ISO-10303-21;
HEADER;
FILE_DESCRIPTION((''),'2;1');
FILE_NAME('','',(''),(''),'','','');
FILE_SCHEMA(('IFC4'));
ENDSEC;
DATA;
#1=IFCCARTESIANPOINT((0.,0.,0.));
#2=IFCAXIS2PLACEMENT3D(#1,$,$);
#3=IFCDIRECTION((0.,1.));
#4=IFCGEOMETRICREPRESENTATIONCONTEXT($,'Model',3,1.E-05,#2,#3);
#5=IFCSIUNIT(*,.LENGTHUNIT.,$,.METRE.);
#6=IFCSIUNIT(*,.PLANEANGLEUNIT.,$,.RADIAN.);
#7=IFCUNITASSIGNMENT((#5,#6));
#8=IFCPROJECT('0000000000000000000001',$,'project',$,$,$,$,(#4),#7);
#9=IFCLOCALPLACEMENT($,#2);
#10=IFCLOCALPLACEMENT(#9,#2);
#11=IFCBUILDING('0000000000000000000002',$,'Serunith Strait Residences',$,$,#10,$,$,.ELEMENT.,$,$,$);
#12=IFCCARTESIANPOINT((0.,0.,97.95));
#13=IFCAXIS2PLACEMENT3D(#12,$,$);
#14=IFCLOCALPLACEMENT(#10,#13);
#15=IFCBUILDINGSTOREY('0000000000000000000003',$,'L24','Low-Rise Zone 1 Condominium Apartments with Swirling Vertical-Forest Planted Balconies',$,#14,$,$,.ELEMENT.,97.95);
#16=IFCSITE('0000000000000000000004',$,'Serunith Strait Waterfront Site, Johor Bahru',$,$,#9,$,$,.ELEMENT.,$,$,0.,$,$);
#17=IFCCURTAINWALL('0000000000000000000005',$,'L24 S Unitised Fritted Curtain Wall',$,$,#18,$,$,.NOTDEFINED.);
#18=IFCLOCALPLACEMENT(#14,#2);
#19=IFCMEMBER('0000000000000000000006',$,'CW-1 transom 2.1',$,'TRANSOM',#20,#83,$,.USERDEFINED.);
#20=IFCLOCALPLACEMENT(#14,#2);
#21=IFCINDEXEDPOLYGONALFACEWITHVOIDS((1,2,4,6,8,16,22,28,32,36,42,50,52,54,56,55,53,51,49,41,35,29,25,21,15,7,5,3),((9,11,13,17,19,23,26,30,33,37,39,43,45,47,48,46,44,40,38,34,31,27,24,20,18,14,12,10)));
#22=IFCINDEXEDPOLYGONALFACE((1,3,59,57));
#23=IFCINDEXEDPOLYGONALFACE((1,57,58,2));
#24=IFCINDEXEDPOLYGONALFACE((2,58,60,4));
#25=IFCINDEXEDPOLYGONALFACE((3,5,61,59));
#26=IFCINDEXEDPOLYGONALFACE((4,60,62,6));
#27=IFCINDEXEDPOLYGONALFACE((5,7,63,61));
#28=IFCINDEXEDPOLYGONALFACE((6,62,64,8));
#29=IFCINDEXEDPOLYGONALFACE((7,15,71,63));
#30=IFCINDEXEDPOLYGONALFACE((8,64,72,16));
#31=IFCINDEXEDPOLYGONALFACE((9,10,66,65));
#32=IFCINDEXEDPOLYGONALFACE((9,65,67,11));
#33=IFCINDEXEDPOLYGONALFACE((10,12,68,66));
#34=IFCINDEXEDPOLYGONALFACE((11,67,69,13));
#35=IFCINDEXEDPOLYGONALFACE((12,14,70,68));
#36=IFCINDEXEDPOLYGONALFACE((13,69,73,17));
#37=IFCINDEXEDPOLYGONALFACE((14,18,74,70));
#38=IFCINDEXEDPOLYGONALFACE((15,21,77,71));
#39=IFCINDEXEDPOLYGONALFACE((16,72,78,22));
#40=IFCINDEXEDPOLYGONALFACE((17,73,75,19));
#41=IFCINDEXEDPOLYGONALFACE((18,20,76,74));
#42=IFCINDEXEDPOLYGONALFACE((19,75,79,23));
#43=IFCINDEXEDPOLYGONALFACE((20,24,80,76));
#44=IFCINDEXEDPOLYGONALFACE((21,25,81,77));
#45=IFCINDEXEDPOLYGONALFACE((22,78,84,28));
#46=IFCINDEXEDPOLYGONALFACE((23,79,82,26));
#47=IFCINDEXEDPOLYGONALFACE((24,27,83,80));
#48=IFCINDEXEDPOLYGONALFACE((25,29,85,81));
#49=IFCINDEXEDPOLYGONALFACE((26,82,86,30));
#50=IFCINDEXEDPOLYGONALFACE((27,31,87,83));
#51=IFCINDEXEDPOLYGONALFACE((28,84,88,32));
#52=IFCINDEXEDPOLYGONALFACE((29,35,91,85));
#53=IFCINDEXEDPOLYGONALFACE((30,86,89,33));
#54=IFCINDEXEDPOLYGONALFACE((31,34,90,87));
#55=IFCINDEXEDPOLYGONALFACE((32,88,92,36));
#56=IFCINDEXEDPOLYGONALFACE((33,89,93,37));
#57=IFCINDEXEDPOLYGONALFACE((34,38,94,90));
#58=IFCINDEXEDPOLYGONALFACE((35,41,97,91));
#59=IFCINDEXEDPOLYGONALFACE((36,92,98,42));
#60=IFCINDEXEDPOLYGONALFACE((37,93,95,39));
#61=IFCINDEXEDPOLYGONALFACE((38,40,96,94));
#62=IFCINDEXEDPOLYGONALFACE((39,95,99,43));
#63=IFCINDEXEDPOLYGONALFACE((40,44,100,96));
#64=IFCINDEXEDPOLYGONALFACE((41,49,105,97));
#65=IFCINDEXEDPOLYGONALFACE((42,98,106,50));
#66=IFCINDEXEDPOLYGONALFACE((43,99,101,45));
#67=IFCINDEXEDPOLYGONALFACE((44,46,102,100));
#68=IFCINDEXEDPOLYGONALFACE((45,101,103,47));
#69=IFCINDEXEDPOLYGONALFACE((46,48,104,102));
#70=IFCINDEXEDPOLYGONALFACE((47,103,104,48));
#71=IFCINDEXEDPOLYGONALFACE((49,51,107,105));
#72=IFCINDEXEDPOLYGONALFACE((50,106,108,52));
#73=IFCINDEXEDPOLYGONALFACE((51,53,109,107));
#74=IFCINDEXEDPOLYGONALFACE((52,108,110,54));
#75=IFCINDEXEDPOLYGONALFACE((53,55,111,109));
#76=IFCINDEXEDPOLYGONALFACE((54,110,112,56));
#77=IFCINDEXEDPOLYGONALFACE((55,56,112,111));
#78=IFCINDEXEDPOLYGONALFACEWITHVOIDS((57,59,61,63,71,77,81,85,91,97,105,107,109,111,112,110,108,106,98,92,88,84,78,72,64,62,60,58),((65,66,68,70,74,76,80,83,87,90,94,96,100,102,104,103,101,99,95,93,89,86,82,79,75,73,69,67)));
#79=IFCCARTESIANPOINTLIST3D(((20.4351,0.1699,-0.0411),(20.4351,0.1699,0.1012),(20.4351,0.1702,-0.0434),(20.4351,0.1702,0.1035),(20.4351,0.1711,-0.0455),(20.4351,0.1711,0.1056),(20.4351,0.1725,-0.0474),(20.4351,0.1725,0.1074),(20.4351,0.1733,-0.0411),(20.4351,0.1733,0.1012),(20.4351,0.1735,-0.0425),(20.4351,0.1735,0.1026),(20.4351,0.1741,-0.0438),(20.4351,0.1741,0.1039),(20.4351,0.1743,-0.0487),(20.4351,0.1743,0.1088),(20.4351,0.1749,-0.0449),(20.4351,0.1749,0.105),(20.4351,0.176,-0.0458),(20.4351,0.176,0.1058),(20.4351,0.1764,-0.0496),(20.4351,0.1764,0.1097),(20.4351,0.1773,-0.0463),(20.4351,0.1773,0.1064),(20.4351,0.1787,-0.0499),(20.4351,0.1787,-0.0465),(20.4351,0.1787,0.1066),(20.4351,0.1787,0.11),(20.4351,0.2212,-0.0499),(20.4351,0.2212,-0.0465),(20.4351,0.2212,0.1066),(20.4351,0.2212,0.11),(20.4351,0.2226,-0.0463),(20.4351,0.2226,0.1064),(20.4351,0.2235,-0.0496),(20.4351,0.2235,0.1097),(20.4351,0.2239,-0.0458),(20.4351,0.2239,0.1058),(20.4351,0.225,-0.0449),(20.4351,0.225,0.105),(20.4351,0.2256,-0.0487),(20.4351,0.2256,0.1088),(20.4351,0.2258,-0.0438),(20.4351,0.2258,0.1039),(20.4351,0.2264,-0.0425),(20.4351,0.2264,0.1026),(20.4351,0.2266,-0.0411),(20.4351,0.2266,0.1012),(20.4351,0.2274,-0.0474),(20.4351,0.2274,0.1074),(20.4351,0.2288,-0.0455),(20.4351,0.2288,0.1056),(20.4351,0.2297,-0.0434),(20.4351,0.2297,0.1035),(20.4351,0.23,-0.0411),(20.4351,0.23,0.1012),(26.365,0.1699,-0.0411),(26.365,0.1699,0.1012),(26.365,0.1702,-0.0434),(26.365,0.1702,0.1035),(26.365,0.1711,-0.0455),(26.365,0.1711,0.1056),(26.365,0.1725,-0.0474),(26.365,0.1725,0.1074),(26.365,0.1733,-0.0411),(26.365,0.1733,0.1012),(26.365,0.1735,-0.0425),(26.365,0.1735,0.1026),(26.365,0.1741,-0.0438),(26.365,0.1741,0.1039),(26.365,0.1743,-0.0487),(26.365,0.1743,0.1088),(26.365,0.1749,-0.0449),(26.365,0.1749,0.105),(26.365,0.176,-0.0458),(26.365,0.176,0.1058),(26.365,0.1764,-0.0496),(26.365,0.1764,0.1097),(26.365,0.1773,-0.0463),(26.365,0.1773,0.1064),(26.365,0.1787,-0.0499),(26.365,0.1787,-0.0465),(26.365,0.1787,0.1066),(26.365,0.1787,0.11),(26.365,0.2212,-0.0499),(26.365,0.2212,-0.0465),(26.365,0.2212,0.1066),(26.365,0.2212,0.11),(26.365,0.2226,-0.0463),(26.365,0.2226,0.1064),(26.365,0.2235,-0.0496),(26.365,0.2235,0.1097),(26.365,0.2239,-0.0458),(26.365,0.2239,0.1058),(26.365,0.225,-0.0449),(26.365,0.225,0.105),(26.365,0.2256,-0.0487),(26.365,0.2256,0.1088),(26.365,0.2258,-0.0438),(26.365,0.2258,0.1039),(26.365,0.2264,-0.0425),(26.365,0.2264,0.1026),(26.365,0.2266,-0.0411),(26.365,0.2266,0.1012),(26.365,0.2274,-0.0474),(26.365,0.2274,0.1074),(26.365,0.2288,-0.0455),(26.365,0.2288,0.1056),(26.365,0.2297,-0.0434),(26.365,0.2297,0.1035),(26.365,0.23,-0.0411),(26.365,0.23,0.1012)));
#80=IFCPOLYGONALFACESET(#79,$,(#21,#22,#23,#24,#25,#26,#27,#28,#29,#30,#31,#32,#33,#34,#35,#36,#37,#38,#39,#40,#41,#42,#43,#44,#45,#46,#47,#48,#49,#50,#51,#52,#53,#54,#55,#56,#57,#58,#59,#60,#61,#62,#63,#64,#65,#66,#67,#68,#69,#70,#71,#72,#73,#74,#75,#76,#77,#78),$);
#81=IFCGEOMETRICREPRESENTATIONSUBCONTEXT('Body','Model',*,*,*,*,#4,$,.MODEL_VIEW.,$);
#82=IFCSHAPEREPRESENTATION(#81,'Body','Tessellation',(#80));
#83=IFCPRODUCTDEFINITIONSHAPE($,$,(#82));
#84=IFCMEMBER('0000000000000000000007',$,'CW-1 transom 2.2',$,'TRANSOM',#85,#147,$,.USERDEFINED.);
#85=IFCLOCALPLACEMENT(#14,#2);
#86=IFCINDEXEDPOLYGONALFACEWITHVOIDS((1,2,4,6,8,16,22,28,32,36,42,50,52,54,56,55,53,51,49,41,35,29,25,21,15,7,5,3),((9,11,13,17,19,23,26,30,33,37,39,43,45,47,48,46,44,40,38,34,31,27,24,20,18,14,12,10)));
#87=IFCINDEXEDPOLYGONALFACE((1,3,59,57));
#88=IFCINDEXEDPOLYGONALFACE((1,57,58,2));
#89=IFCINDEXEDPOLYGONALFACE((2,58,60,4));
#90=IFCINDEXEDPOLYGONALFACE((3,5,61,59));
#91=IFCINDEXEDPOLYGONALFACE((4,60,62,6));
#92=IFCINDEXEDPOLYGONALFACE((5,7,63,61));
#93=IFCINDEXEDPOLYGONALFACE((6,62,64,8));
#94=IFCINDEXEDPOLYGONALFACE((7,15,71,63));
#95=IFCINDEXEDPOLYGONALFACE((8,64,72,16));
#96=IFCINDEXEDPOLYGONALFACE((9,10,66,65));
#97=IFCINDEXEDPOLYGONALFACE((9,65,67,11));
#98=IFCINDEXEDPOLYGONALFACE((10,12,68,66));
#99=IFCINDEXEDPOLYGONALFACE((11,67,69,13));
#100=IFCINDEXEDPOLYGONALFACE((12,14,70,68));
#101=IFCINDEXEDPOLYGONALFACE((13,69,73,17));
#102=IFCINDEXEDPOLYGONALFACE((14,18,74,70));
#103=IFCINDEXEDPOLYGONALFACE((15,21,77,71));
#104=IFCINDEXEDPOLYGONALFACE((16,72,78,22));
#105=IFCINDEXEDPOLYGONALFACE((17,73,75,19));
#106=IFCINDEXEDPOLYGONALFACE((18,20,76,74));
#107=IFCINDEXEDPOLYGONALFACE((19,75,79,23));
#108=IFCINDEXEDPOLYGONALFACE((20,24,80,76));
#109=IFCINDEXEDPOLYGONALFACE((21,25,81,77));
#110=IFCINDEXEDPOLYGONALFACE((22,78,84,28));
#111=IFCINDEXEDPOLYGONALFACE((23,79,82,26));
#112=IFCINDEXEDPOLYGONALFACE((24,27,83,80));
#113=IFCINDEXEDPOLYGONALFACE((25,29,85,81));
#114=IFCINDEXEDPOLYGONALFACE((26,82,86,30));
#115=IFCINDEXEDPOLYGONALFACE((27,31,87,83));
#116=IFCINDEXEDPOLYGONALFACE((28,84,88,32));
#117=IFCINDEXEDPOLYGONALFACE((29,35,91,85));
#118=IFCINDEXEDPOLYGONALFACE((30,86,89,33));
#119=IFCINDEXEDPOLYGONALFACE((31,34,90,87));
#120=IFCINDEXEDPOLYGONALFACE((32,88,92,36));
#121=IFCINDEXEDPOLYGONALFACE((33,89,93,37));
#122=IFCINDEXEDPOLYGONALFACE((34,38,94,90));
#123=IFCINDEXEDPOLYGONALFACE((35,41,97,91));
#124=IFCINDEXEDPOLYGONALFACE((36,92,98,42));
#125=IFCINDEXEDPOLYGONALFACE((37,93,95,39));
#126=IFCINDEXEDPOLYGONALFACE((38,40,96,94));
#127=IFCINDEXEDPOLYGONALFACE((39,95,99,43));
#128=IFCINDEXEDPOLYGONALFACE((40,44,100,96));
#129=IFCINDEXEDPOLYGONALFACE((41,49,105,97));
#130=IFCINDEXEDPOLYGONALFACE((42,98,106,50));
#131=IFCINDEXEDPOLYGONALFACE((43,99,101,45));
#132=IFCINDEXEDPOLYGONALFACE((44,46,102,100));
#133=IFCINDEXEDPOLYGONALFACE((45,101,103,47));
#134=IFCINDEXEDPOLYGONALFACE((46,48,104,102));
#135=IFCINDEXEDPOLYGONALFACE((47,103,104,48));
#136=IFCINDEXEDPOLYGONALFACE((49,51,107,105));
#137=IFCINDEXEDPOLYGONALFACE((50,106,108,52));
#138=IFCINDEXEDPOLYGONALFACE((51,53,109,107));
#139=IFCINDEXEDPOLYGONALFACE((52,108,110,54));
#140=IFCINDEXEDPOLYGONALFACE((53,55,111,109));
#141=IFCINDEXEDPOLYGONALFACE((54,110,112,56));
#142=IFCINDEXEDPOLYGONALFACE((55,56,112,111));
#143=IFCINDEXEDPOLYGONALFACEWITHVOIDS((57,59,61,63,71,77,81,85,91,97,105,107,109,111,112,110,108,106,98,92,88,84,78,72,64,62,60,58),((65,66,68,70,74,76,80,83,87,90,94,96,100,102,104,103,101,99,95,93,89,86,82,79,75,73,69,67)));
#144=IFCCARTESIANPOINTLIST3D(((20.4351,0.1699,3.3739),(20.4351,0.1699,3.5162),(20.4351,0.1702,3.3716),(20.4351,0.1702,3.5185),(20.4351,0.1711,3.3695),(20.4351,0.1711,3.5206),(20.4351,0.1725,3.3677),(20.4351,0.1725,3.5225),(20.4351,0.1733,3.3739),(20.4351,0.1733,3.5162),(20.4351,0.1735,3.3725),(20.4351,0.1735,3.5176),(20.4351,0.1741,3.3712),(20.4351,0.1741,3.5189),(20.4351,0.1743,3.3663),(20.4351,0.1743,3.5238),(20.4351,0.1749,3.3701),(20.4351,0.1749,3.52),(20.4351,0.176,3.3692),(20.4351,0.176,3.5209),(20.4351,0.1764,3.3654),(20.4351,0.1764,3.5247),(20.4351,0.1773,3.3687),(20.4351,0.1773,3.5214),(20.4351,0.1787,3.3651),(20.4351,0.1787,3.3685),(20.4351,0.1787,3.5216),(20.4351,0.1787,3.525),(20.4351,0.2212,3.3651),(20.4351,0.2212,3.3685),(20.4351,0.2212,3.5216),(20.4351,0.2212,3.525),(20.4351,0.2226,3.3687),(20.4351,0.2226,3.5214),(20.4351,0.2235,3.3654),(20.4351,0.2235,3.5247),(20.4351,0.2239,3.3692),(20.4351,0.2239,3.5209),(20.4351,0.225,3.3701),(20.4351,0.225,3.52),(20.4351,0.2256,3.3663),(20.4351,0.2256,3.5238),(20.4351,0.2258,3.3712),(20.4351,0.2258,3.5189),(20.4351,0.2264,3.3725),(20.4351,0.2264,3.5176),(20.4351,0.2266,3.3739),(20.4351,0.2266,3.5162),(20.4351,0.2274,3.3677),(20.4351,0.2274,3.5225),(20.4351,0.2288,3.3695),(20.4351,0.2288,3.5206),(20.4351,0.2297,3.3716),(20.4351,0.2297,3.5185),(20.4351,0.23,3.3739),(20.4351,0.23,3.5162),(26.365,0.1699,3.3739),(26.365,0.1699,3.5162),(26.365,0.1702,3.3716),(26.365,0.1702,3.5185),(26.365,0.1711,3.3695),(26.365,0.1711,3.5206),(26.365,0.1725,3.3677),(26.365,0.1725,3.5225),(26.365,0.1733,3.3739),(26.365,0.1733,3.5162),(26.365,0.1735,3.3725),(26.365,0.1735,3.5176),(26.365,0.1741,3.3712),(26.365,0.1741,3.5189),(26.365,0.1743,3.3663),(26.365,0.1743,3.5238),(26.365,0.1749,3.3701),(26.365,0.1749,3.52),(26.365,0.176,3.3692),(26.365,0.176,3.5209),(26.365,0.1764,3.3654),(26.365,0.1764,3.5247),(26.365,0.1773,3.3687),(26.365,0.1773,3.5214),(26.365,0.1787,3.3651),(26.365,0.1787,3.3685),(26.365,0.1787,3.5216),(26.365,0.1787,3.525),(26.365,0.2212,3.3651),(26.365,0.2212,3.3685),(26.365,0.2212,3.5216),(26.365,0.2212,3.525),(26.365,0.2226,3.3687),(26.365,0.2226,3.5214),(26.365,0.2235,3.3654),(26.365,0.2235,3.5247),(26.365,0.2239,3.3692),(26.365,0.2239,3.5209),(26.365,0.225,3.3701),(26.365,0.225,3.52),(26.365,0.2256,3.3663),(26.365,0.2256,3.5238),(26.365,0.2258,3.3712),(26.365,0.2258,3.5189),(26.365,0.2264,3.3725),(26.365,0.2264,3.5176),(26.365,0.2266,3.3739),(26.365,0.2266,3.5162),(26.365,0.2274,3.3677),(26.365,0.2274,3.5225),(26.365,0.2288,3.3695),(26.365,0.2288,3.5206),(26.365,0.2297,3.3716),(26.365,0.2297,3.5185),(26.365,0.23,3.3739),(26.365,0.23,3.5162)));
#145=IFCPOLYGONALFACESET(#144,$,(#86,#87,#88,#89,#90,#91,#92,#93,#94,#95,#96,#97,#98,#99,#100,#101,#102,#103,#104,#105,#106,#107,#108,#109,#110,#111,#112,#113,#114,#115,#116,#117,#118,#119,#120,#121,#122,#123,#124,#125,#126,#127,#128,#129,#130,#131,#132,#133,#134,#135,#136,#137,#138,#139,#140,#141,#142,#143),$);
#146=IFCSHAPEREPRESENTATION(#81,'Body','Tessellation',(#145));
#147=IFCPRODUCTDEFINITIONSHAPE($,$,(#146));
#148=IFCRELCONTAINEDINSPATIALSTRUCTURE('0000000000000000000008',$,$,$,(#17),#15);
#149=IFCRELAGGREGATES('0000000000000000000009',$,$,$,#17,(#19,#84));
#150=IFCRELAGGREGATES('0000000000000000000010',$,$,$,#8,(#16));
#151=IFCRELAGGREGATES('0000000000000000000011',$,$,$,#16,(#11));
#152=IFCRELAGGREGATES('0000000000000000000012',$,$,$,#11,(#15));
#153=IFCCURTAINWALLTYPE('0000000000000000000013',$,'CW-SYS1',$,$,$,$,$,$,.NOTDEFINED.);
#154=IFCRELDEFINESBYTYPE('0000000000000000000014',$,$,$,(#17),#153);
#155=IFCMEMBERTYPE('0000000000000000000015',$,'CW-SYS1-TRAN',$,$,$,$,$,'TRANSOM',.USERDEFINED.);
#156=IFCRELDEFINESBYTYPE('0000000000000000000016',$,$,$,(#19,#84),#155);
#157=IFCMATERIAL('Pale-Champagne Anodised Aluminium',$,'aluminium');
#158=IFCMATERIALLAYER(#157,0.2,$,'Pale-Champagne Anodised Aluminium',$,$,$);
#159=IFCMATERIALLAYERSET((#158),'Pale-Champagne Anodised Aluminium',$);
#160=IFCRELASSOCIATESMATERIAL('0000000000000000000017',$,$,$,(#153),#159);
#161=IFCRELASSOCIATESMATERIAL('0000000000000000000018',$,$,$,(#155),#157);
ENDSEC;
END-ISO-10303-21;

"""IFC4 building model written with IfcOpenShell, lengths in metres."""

from ifc_helpers import new_model, si_unit, direction, frame, origin, origin_2d, place, context, subcontext, project, spatial, hollow_rectangle, extrude, source, transform, mapped, material, layer, layer_set, material_profile, profile_set, type_object, element, aggregate, save


model = new_model("IFC4")

# Units and contexts
model_context = context("Model", 3, precision=1e-05, world=origin(), true_north=direction((0.0, 1.0)))
body_context = subcontext(model_context, "Body", "Model", "MODEL_VIEW")
ifc_project = project(units=[si_unit("LENGTHUNIT", "METRE"), si_unit("PLANEANGLEUNIT", "RADIAN")], contexts=[model_context])

# Site, building, storey
site_placement = place(None, origin())
site = spatial("IfcSite", under=ifc_project, at=site_placement, Name="Serunith Strait Waterfront Site, Johor Bahru", CompositionType="ELEMENT", RefElevation=0.0)
building_placement = place(site_placement, origin())
building = spatial("IfcBuilding", under=site, at=building_placement, Name="Serunith Strait Residences", CompositionType="ELEMENT")
storey_placement = place(building_placement, frame((0.0, 0.0, 97.95)))
storey = spatial("IfcBuildingStorey", under=building, at=storey_placement, Name="L24", Description="Low-Rise Zone 1 Condominium Apartments with Swirling Vertical-Forest Planted Balconies", CompositionType="ELEMENT", Elevation=97.95)

# Curtain wall, members
ifc_material_1 = material(Name="Pale-Champagne Anodised Aluminium", Category="aluminium")
ifc_layer_1 = layer(ifc_material_1, 0.2, Name="Pale-Champagne Anodised Aluminium")
ifc_layer_set_1 = layer_set([ifc_layer_1], Name="Pale-Champagne Anodised Aluminium")
curtain_wall_type = type_object("IfcCurtainWallType", Name="CW-SYS1", PredefinedType="NOTDEFINED", material=ifc_layer_set_1)
curtain_wall_placement = place(storey_placement, origin())
curtain_wall = element("IfcCurtainWall", 1, at=curtain_wall_placement, inside=storey, type_object=curtain_wall_type, Name="L24 S Unitised Fritted Curtain Wall", PredefinedType="NOTDEFINED")
ifc_material_profile_1 = material_profile(ifc_material_1, hollow_rectangle(XDim=0.0601, YDim=0.1599, WallThickness=0.0034, InnerFilletRadius=0.0054, OuterFilletRadius=0.0088, at=origin_2d()), Name="ALU 160x60x3.5")
ifc_profile_set_1 = profile_set([ifc_material_profile_1], Name="Pale-Champagne Anodised Aluminium")
member_type_1 = type_object("IfcMemberType", Name="CW-SYS1-TRAN", ElementType="TRANSOM", PredefinedType="USERDEFINED", material=ifc_profile_set_1)
shared_shape_1 = source(origin(), body_context, "Body", "SweptSolid", [
    extrude(hollow_rectangle(XDim=0.0601, YDim=0.1599, WallThickness=0.0034, InnerFilletRadius=0.0054, OuterFilletRadius=0.0088, at=origin_2d()), origin(), (0.0, 0.0, 1.0), 5.9299),
])
member_1_placement = place(storey_placement, frame((20.4351, 0.2, 0.03), z_axis=(1.0, 0.0, 0.0), x_axis=(0.0, 1.0, 0.0)))
member_1 = element("IfcMember", 2, at=member_1_placement, type_object=member_type_1, Name="CW-1 transom 2.1", ObjectType="TRANSOM", PredefinedType="USERDEFINED", context=body_context, shape_type="MappedRepresentation", body=[
    mapped(shared_shape_1, transform((0.0, 0.0, 0.0), scale=1.0)),
])
member_2_placement = place(storey_placement, frame((20.4351, 0.2, 3.4451), z_axis=(1.0, 0.0, 0.0), x_axis=(0.0, 1.0, 0.0)))
member_2 = element("IfcMember", 3, at=member_2_placement, type_object=member_type_1, Name="CW-1 transom 2.2", ObjectType="TRANSOM", PredefinedType="USERDEFINED", context=body_context, shape_type="MappedRepresentation", body=[
    mapped(shared_shape_1, transform((0.0, 0.0, 0.0), scale=1.0)),
])
aggregate(curtain_wall, [member_1, member_2])

save(model, "model.ifc")
